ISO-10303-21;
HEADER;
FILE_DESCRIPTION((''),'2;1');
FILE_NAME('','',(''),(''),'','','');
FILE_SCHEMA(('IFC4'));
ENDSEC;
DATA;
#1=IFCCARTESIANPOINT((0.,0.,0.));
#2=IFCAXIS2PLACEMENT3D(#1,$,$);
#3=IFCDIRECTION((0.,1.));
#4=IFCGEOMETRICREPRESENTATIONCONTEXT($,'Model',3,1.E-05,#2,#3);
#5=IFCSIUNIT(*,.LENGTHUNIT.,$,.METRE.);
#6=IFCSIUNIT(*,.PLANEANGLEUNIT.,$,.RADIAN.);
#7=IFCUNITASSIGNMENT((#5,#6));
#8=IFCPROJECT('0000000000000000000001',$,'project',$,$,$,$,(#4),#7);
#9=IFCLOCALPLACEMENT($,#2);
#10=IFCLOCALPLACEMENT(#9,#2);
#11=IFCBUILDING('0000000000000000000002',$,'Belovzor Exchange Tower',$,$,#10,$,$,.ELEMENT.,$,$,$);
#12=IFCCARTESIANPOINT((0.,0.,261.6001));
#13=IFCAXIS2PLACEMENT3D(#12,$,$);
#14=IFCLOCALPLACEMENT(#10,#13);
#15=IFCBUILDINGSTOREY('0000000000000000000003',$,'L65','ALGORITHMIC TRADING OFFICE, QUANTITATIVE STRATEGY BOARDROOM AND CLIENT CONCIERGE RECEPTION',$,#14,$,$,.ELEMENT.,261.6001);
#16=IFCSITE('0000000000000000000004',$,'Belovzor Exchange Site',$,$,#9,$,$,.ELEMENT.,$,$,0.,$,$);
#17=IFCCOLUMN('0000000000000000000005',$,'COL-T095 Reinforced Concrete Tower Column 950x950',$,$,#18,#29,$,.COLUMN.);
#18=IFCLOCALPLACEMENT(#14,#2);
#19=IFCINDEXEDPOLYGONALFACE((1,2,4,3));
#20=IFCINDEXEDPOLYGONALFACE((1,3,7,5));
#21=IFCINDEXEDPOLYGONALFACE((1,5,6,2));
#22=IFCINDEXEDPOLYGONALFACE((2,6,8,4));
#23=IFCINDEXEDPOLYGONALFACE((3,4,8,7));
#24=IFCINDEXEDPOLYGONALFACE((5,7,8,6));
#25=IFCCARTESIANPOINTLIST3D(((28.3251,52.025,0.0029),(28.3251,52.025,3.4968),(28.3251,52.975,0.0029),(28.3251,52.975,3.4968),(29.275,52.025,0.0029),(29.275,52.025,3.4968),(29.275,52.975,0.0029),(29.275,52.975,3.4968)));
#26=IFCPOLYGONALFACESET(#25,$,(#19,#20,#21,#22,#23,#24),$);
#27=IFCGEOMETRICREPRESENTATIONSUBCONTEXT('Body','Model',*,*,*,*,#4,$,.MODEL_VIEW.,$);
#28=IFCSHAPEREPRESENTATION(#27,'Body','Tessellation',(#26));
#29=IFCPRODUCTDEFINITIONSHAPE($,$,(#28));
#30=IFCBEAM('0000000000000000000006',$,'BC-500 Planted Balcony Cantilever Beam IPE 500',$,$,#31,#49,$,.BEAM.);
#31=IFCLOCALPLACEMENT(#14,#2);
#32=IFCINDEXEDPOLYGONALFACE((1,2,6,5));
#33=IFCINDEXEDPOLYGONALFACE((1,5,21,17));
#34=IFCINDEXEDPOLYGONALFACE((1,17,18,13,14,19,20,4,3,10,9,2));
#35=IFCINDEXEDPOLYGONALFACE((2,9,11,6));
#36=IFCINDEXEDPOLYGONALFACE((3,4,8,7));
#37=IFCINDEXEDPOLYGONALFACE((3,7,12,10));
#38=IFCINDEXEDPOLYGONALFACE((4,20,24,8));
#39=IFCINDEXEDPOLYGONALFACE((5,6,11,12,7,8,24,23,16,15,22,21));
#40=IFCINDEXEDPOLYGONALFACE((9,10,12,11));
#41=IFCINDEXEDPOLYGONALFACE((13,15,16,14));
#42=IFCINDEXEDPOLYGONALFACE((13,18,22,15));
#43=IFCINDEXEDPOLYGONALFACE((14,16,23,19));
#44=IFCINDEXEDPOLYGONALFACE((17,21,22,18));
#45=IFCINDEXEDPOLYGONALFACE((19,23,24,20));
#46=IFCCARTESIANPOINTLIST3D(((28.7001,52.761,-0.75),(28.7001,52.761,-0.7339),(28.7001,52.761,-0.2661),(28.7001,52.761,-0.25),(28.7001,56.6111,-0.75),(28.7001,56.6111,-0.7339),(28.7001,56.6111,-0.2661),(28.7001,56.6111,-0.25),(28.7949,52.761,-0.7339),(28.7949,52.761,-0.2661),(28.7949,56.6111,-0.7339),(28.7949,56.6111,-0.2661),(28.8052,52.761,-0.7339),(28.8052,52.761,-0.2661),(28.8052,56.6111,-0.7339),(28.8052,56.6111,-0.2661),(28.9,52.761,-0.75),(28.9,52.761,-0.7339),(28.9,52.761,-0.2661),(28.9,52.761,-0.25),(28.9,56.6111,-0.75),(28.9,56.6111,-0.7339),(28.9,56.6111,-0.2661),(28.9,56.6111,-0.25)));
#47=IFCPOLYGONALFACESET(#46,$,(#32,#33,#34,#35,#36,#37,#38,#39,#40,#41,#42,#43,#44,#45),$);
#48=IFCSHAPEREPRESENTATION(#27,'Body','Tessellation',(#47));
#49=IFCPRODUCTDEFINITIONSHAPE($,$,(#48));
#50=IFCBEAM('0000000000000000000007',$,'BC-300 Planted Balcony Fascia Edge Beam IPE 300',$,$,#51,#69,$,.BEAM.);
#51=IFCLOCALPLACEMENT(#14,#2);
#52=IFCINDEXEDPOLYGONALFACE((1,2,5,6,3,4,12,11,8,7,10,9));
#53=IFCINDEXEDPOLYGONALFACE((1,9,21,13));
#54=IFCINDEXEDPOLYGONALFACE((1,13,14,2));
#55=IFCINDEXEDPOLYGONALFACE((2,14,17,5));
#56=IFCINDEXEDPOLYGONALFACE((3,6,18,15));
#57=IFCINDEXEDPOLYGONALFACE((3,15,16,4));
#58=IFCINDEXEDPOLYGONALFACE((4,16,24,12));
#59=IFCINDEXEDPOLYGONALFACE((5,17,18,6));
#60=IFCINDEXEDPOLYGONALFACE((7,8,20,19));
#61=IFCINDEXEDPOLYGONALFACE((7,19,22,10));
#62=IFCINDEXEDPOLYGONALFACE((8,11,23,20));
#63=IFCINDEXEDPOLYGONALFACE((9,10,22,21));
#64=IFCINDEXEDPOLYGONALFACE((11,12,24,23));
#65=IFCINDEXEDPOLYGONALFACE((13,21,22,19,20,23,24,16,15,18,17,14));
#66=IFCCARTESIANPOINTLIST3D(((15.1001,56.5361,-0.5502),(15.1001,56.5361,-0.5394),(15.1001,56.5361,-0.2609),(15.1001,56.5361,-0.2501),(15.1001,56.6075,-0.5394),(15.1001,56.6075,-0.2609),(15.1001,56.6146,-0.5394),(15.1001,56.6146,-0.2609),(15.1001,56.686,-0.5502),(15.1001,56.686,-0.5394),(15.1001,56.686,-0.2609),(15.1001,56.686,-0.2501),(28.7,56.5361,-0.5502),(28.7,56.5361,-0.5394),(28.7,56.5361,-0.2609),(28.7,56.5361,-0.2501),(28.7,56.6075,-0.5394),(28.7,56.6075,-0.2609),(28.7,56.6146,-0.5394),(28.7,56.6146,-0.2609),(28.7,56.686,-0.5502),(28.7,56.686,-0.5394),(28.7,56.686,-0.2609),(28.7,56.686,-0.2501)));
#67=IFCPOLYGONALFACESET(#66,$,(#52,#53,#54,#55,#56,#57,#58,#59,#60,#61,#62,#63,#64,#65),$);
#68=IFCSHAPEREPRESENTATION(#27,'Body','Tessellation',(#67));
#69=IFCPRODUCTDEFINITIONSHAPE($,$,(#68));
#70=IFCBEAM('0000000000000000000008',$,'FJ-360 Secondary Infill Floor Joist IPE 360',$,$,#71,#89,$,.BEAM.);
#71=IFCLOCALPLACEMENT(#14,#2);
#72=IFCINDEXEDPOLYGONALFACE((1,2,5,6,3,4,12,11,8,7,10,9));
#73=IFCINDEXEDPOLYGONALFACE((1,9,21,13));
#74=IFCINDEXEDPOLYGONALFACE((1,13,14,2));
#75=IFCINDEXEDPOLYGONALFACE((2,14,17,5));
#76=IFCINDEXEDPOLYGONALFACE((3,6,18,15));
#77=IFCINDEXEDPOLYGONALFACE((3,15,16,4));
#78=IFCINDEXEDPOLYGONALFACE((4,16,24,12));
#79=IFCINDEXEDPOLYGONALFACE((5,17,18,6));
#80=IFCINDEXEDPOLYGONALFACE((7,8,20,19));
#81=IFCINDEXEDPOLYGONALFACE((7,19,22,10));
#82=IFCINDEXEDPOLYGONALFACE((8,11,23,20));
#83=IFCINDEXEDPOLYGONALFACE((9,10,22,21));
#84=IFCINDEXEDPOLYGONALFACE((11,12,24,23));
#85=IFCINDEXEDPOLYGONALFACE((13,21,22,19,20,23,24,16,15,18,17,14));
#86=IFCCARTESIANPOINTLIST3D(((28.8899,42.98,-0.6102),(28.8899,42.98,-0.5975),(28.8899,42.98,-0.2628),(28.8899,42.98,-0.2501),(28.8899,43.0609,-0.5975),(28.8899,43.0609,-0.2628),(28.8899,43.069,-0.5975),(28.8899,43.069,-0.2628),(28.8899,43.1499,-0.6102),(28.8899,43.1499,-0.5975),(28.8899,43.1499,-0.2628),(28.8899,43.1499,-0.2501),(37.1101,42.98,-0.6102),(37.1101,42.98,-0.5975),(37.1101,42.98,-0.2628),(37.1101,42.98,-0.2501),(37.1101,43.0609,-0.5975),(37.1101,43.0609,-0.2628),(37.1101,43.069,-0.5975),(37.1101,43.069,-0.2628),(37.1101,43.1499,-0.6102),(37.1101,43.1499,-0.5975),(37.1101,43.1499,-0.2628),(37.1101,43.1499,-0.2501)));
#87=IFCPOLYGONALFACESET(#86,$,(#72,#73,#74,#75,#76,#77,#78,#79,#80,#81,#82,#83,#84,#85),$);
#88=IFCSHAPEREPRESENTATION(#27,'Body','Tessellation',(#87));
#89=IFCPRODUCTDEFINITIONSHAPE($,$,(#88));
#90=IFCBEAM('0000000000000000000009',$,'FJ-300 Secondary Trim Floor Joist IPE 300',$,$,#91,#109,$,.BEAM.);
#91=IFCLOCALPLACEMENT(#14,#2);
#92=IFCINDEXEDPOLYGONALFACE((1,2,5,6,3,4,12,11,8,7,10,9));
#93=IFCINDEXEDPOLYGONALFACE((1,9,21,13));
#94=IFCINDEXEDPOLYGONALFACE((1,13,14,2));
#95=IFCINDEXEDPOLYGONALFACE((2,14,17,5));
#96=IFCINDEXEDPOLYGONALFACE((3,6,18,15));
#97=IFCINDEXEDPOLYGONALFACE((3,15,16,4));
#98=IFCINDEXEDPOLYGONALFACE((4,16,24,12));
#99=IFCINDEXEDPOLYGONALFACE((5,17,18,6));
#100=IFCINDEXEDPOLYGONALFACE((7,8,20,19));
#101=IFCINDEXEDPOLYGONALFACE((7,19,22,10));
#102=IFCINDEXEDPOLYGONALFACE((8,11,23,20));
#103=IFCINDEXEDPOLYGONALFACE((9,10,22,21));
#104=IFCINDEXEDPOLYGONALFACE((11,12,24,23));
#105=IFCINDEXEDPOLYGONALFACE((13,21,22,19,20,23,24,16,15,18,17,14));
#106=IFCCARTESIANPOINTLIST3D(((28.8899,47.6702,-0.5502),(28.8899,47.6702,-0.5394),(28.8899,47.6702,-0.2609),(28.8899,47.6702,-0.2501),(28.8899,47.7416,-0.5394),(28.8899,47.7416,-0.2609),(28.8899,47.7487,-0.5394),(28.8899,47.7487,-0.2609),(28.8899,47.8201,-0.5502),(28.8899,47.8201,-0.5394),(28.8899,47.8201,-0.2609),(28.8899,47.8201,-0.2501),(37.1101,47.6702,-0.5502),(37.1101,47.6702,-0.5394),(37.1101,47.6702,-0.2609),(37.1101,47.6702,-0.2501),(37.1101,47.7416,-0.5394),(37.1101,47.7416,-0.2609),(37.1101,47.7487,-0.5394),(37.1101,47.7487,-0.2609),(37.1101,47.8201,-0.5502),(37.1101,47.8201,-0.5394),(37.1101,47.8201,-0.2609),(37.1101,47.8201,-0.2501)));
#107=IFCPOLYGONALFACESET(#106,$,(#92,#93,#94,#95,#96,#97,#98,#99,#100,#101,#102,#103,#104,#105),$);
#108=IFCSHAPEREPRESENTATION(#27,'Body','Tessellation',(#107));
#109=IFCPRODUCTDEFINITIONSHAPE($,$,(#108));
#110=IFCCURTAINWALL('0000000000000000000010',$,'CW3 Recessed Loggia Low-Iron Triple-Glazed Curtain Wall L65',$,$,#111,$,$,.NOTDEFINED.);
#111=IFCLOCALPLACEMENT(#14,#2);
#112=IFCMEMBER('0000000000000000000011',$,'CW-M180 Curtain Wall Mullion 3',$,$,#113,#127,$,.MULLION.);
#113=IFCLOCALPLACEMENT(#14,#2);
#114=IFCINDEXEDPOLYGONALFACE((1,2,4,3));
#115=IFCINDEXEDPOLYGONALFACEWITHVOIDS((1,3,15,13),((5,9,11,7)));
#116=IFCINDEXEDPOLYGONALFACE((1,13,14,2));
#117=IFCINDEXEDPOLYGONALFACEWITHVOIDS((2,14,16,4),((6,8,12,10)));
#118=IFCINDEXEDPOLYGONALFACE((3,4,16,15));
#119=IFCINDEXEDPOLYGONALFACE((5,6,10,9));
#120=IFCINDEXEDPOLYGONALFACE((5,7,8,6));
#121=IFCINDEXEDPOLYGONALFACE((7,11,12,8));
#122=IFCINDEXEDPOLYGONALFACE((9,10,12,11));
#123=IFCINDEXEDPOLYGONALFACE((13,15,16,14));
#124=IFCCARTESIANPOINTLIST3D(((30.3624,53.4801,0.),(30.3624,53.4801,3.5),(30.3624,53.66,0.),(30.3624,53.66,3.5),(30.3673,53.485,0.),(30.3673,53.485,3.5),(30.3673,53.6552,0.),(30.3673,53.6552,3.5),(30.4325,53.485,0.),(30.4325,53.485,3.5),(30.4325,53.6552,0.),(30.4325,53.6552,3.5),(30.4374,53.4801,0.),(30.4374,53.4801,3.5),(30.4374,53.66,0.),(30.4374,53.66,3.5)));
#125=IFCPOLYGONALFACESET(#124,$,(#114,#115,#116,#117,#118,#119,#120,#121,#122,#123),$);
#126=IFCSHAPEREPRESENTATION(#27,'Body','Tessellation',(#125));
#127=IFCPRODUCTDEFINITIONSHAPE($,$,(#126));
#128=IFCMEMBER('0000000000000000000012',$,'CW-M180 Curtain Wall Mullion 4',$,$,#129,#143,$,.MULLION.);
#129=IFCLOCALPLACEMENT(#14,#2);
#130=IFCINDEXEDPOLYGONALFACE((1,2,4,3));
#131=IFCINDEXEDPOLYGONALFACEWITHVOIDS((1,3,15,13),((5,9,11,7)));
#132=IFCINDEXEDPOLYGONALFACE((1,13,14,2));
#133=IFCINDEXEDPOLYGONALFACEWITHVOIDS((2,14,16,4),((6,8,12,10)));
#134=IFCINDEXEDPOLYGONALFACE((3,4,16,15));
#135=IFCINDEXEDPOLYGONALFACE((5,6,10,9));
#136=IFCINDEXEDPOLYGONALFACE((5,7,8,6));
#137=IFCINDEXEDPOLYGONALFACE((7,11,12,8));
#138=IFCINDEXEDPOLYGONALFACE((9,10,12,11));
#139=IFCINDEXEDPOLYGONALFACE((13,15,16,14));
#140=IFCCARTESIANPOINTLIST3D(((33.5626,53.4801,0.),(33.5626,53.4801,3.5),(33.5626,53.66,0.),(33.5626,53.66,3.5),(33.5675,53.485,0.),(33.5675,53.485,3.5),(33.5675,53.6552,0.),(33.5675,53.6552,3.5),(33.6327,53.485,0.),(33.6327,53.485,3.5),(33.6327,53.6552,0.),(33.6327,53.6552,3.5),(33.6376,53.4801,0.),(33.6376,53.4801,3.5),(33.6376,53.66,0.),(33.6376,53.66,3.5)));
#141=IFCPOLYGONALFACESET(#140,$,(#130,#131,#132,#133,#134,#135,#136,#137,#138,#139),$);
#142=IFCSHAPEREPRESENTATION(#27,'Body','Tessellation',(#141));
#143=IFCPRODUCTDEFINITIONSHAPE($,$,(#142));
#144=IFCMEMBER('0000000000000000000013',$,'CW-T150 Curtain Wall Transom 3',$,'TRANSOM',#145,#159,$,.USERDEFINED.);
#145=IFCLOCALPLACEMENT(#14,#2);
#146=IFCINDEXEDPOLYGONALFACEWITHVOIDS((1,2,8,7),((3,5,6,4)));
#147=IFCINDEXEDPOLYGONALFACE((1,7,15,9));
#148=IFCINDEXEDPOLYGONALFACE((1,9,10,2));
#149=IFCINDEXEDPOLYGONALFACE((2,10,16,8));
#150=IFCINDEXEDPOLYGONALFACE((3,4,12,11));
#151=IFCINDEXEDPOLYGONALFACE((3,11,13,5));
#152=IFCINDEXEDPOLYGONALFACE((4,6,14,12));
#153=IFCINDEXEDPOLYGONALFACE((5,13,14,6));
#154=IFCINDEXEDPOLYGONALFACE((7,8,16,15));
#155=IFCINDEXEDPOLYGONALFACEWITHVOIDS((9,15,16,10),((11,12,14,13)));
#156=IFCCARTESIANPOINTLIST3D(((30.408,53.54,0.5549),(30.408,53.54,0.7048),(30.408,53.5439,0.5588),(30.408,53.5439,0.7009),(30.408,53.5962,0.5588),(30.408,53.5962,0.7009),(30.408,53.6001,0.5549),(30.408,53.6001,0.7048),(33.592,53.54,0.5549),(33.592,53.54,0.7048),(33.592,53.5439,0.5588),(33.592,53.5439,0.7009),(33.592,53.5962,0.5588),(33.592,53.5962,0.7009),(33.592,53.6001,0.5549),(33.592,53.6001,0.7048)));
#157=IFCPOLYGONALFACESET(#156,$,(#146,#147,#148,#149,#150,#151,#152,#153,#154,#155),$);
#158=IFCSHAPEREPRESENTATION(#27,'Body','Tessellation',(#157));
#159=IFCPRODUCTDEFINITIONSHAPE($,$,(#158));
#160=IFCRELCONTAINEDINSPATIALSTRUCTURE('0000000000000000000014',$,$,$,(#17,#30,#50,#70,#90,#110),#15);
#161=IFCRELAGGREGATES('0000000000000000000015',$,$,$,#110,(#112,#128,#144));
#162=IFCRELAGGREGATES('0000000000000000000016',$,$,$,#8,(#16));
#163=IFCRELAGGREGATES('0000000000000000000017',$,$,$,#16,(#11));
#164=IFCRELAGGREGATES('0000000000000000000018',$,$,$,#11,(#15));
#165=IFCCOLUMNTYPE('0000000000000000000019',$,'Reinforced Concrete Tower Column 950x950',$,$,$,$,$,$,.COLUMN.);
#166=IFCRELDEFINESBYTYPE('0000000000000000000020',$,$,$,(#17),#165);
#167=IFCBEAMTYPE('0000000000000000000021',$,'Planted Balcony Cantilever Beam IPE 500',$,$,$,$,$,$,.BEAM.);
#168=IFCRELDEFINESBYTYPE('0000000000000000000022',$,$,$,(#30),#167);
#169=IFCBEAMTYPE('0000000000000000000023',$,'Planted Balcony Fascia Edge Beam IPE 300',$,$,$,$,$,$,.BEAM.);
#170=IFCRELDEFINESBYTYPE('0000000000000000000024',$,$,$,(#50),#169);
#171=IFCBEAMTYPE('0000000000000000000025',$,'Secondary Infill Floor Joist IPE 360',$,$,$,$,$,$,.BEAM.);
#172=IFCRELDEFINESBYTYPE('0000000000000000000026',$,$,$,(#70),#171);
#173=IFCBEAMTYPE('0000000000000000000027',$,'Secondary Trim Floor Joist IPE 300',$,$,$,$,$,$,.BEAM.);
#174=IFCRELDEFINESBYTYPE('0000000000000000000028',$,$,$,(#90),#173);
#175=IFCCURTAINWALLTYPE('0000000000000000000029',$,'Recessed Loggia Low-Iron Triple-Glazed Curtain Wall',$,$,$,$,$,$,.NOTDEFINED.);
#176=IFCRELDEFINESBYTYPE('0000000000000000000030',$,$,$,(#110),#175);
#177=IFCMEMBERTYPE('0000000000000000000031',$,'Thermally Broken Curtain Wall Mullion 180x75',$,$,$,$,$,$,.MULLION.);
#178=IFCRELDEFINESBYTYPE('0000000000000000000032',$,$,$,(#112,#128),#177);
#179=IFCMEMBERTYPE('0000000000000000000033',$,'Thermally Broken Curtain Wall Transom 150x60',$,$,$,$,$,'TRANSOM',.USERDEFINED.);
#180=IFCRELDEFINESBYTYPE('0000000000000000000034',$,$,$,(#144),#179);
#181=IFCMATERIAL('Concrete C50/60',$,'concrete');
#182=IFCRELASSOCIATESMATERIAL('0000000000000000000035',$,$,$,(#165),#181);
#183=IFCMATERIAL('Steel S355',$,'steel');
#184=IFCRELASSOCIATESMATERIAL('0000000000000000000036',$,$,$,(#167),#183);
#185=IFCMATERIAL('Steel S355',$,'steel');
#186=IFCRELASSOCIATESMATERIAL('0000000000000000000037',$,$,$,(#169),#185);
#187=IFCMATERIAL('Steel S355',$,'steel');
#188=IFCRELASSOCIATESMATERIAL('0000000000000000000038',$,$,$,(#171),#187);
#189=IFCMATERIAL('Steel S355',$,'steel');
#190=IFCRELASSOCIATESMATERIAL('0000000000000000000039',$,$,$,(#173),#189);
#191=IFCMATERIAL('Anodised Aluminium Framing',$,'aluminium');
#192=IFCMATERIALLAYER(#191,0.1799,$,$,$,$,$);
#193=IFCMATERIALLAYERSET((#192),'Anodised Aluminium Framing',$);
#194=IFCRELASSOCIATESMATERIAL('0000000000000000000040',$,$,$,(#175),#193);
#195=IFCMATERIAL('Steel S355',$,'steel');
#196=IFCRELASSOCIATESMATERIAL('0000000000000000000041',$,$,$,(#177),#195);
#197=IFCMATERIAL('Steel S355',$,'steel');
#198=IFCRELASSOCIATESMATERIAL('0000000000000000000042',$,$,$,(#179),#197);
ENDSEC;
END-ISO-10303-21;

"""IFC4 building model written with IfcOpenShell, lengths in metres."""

from ifc_helpers import new_model, si_unit, direction, frame, origin, origin_2d, place, context, subcontext, project, spatial, rectangle, hollow_rectangle, i_section, extrude, material, layer, layer_set, material_profile, profile_set, type_object, element, aggregate, save


model = new_model("IFC4")

# Units and contexts
model_context = context("Model", 3, precision=1e-05, world=origin(), true_north=direction((0.0, 1.0)))
body_context = subcontext(model_context, "Body", "Model", "MODEL_VIEW")
ifc_project = project(units=[si_unit("LENGTHUNIT", "METRE"), si_unit("PLANEANGLEUNIT", "RADIAN")], contexts=[model_context])

# Site, building, storey
site_placement = place(None, origin())
site = spatial("IfcSite", under=ifc_project, at=site_placement, Name="Belovzor Exchange Site", CompositionType="ELEMENT", RefElevation=0.0)
building_placement = place(site_placement, origin())
building = spatial("IfcBuilding", under=site, at=building_placement, Name="Belovzor Exchange Tower", CompositionType="ELEMENT")
storey_placement = place(building_placement, frame((0.0, 0.0, 261.6001)))
storey = spatial("IfcBuildingStorey", under=building, at=storey_placement, Name="L65", Description="ALGORITHMIC TRADING OFFICE, QUANTITATIVE STRATEGY BOARDROOM AND CLIENT CONCIERGE RECEPTION", CompositionType="ELEMENT", Elevation=261.6001)

# Column
ifc_material_1 = material(Name="Concrete C50/60", Category="concrete")
ifc_material_profile_1 = material_profile(ifc_material_1, rectangle(XDim=0.95, YDim=0.95, at=origin_2d()))
ifc_profile_set_1 = profile_set([ifc_material_profile_1], Name="Concrete C50/60")
column_type = type_object("IfcColumnType", Name="Reinforced Concrete Tower Column 950x950", PredefinedType="COLUMN", material=ifc_profile_set_1)
column_placement = place(storey_placement, frame((28.8, 52.5, 0.0029), z_axis=(0.0, 0.0, 1.0), x_axis=(1.0, 0.0, 0.0)))
element("IfcColumn", 1, at=column_placement, inside=storey, type_object=column_type, Name="COL-T095 Reinforced Concrete Tower Column 950x950", PredefinedType="COLUMN", context=body_context, shape_type="SweptSolid", body=[
    extrude(rectangle(XDim=0.95, YDim=0.95, at=origin_2d()), origin(), (0.0, 0.0, 1.0), 3.4939),
])

# Beams
ifc_material_2 = material(Name="Steel S355", Category="steel")
ifc_material_profile_2 = material_profile(ifc_material_2, i_section(OverallWidth=0.2, OverallDepth=0.5, WebThickness=0.0103, FlangeThickness=0.0161, at=origin_2d()))
ifc_profile_set_2 = profile_set([ifc_material_profile_2], Name="Steel S355")
beam_type_1 = type_object("IfcBeamType", Name="Planted Balcony Cantilever Beam IPE 500", PredefinedType="BEAM", material=ifc_profile_set_2)
beam_1_placement = place(storey_placement, frame((28.8, 52.761, -0.5), z_axis=(0.0, 1.0, 0.0), x_axis=(-1.0, 0.0, 0.0)))
element("IfcBeam", 2, at=beam_1_placement, inside=storey, type_object=beam_type_1, Name="BC-500 Planted Balcony Cantilever Beam IPE 500", PredefinedType="BEAM", context=body_context, shape_type="SweptSolid", body=[
    extrude(i_section(OverallWidth=0.2, OverallDepth=0.5, WebThickness=0.0103, FlangeThickness=0.0161, at=origin_2d()), origin(), (0.0, 0.0, 1.0), 3.8501),
])
ifc_material_3 = material(Name="Steel S355", Category="steel")
ifc_material_profile_3 = material_profile(ifc_material_3, i_section(OverallWidth=0.1499, OverallDepth=0.3, WebThickness=0.0071, FlangeThickness=0.0107, at=origin_2d()))
ifc_profile_set_3 = profile_set([ifc_material_profile_3], Name="Steel S355")
beam_type_2 = type_object("IfcBeamType", Name="Planted Balcony Fascia Edge Beam IPE 300", PredefinedType="BEAM", material=ifc_profile_set_3)
beam_2_placement = place(storey_placement, frame((28.7, 56.6111, -0.4001), z_axis=(-1.0, 0.0, 0.0), x_axis=(0.0, -1.0, 0.0)))
element("IfcBeam", 3, at=beam_2_placement, inside=storey, type_object=beam_type_2, Name="BC-300 Planted Balcony Fascia Edge Beam IPE 300", PredefinedType="BEAM", context=body_context, shape_type="SweptSolid", body=[
    extrude(i_section(OverallWidth=0.1499, OverallDepth=0.3, WebThickness=0.0071, FlangeThickness=0.0107, at=origin_2d()), origin(), (0.0, 0.0, 1.0), 13.5999),
])
ifc_material_4 = material(Name="Steel S355", Category="steel")
ifc_material_profile_4 = material_profile(ifc_material_4, i_section(OverallWidth=0.1699, OverallDepth=0.3601, WebThickness=0.0081, FlangeThickness=0.0127, at=origin_2d()))
ifc_profile_set_4 = profile_set([ifc_material_profile_4], Name="Steel S355")
beam_type_3 = type_object("IfcBeamType", Name="Secondary Infill Floor Joist IPE 360", PredefinedType="BEAM", material=ifc_profile_set_4)
beam_3_placement = place(storey_placement, frame((28.8899, 43.0649, -0.4302), z_axis=(1.0, 0.0, 0.0), x_axis=(0.0, 1.0, 0.0)))
element("IfcBeam", 4, at=beam_3_placement, inside=storey, type_object=beam_type_3, Name="FJ-360 Secondary Infill Floor Joist IPE 360", PredefinedType="BEAM", context=body_context, shape_type="SweptSolid", body=[
    extrude(i_section(OverallWidth=0.1699, OverallDepth=0.3601, WebThickness=0.0081, FlangeThickness=0.0127, at=origin_2d()), origin(), (0.0, 0.0, 1.0), 8.2202),
])
ifc_material_5 = material(Name="Steel S355", Category="steel")
ifc_material_profile_5 = material_profile(ifc_material_5, i_section(OverallWidth=0.1499, OverallDepth=0.3, WebThickness=0.0071, FlangeThickness=0.0107, at=origin_2d()))
ifc_profile_set_5 = profile_set([ifc_material_profile_5], Name="Steel S355")
beam_type_4 = type_object("IfcBeamType", Name="Secondary Trim Floor Joist IPE 300", PredefinedType="BEAM", material=ifc_profile_set_5)
beam_4_placement = place(storey_placement, frame((28.8899, 47.7451, -0.4001), z_axis=(1.0, 0.0, 0.0), x_axis=(0.0, 1.0, 0.0)))
element("IfcBeam", 5, at=beam_4_placement, inside=storey, type_object=beam_type_4, Name="FJ-300 Secondary Trim Floor Joist IPE 300", PredefinedType="BEAM", context=body_context, shape_type="SweptSolid", body=[
    extrude(i_section(OverallWidth=0.1499, OverallDepth=0.3, WebThickness=0.0071, FlangeThickness=0.0107, at=origin_2d()), origin(), (0.0, 0.0, 1.0), 8.2202),
])

# Curtain wall, members
ifc_material_6 = material(Name="Anodised Aluminium Framing", Category="aluminium")
ifc_layer_1 = layer(ifc_material_6, 0.1799)
ifc_layer_set_1 = layer_set([ifc_layer_1], Name="Anodised Aluminium Framing")
curtain_wall_type = type_object("IfcCurtainWallType", Name="Recessed Loggia Low-Iron Triple-Glazed Curtain Wall", PredefinedType="NOTDEFINED", material=ifc_layer_set_1)
curtain_wall_placement = place(storey_placement, origin())
curtain_wall = element("IfcCurtainWall", 6, at=curtain_wall_placement, inside=storey, type_object=curtain_wall_type, Name="CW3 Recessed Loggia Low-Iron Triple-Glazed Curtain Wall L65", PredefinedType="NOTDEFINED")
ifc_material_7 = material(Name="Steel S355", Category="steel")
ifc_material_profile_6 = material_profile(ifc_material_7, hollow_rectangle(XDim=0.075, YDim=0.1799, WallThickness=0.0049, at=origin_2d()))
ifc_profile_set_6 = profile_set([ifc_material_profile_6], Name="Steel S355")
member_type_1 = type_object("IfcMemberType", Name="Thermally Broken Curtain Wall Mullion 180x75", PredefinedType="MULLION", material=ifc_profile_set_6)
member_1_placement = place(storey_placement, frame((30.3999, 53.5701, 0.0), z_axis=(0.0, 0.0, 1.0), x_axis=(1.0, 0.0, 0.0)))
member_1 = element("IfcMember", 7, at=member_1_placement, type_object=member_type_1, Name="CW-M180 Curtain Wall Mullion 3", PredefinedType="MULLION", context=body_context, shape_type="SweptSolid", body=[
    extrude(hollow_rectangle(XDim=0.075, YDim=0.1799, WallThickness=0.0049, at=origin_2d()), origin(), (0.0, 0.0, 1.0), 3.5),
])
member_2_placement = place(storey_placement, frame((33.6001, 53.5701, 0.0), z_axis=(0.0, 0.0, 1.0), x_axis=(1.0, 0.0, 0.0)))
member_2 = element("IfcMember", 8, at=member_2_placement, type_object=member_type_1, Name="CW-M180 Curtain Wall Mullion 4", PredefinedType="MULLION", context=body_context, shape_type="SweptSolid", body=[
    extrude(hollow_rectangle(XDim=0.075, YDim=0.1799, WallThickness=0.0049, at=origin_2d()), origin(), (0.0, 0.0, 1.0), 3.5),
])
ifc_material_8 = material(Name="Steel S355", Category="steel")
ifc_material_profile_7 = material_profile(ifc_material_8, hollow_rectangle(XDim=0.0601, YDim=0.1499, WallThickness=0.0039, at=origin_2d()))
ifc_profile_set_7 = profile_set([ifc_material_profile_7], Name="Steel S355")
member_type_2 = type_object("IfcMemberType", Name="Thermally Broken Curtain Wall Transom 150x60", ElementType="TRANSOM", PredefinedType="USERDEFINED", material=ifc_profile_set_7)
member_3_placement = place(storey_placement, frame((30.408, 53.5701, 0.6299), z_axis=(1.0, 0.0, 0.0), x_axis=(0.0, 1.0, 0.0)))
member_3 = element("IfcMember", 9, at=member_3_placement, type_object=member_type_2, Name="CW-T150 Curtain Wall Transom 3", ObjectType="TRANSOM", PredefinedType="USERDEFINED", context=body_context, shape_type="SweptSolid", body=[
    extrude(hollow_rectangle(XDim=0.0601, YDim=0.1499, WallThickness=0.0039, at=origin_2d()), origin(), (0.0, 0.0, 1.0), 3.1841),
])

aggregate(curtain_wall, [member_1, member_2, member_3])

save(model, "model.ifc")
